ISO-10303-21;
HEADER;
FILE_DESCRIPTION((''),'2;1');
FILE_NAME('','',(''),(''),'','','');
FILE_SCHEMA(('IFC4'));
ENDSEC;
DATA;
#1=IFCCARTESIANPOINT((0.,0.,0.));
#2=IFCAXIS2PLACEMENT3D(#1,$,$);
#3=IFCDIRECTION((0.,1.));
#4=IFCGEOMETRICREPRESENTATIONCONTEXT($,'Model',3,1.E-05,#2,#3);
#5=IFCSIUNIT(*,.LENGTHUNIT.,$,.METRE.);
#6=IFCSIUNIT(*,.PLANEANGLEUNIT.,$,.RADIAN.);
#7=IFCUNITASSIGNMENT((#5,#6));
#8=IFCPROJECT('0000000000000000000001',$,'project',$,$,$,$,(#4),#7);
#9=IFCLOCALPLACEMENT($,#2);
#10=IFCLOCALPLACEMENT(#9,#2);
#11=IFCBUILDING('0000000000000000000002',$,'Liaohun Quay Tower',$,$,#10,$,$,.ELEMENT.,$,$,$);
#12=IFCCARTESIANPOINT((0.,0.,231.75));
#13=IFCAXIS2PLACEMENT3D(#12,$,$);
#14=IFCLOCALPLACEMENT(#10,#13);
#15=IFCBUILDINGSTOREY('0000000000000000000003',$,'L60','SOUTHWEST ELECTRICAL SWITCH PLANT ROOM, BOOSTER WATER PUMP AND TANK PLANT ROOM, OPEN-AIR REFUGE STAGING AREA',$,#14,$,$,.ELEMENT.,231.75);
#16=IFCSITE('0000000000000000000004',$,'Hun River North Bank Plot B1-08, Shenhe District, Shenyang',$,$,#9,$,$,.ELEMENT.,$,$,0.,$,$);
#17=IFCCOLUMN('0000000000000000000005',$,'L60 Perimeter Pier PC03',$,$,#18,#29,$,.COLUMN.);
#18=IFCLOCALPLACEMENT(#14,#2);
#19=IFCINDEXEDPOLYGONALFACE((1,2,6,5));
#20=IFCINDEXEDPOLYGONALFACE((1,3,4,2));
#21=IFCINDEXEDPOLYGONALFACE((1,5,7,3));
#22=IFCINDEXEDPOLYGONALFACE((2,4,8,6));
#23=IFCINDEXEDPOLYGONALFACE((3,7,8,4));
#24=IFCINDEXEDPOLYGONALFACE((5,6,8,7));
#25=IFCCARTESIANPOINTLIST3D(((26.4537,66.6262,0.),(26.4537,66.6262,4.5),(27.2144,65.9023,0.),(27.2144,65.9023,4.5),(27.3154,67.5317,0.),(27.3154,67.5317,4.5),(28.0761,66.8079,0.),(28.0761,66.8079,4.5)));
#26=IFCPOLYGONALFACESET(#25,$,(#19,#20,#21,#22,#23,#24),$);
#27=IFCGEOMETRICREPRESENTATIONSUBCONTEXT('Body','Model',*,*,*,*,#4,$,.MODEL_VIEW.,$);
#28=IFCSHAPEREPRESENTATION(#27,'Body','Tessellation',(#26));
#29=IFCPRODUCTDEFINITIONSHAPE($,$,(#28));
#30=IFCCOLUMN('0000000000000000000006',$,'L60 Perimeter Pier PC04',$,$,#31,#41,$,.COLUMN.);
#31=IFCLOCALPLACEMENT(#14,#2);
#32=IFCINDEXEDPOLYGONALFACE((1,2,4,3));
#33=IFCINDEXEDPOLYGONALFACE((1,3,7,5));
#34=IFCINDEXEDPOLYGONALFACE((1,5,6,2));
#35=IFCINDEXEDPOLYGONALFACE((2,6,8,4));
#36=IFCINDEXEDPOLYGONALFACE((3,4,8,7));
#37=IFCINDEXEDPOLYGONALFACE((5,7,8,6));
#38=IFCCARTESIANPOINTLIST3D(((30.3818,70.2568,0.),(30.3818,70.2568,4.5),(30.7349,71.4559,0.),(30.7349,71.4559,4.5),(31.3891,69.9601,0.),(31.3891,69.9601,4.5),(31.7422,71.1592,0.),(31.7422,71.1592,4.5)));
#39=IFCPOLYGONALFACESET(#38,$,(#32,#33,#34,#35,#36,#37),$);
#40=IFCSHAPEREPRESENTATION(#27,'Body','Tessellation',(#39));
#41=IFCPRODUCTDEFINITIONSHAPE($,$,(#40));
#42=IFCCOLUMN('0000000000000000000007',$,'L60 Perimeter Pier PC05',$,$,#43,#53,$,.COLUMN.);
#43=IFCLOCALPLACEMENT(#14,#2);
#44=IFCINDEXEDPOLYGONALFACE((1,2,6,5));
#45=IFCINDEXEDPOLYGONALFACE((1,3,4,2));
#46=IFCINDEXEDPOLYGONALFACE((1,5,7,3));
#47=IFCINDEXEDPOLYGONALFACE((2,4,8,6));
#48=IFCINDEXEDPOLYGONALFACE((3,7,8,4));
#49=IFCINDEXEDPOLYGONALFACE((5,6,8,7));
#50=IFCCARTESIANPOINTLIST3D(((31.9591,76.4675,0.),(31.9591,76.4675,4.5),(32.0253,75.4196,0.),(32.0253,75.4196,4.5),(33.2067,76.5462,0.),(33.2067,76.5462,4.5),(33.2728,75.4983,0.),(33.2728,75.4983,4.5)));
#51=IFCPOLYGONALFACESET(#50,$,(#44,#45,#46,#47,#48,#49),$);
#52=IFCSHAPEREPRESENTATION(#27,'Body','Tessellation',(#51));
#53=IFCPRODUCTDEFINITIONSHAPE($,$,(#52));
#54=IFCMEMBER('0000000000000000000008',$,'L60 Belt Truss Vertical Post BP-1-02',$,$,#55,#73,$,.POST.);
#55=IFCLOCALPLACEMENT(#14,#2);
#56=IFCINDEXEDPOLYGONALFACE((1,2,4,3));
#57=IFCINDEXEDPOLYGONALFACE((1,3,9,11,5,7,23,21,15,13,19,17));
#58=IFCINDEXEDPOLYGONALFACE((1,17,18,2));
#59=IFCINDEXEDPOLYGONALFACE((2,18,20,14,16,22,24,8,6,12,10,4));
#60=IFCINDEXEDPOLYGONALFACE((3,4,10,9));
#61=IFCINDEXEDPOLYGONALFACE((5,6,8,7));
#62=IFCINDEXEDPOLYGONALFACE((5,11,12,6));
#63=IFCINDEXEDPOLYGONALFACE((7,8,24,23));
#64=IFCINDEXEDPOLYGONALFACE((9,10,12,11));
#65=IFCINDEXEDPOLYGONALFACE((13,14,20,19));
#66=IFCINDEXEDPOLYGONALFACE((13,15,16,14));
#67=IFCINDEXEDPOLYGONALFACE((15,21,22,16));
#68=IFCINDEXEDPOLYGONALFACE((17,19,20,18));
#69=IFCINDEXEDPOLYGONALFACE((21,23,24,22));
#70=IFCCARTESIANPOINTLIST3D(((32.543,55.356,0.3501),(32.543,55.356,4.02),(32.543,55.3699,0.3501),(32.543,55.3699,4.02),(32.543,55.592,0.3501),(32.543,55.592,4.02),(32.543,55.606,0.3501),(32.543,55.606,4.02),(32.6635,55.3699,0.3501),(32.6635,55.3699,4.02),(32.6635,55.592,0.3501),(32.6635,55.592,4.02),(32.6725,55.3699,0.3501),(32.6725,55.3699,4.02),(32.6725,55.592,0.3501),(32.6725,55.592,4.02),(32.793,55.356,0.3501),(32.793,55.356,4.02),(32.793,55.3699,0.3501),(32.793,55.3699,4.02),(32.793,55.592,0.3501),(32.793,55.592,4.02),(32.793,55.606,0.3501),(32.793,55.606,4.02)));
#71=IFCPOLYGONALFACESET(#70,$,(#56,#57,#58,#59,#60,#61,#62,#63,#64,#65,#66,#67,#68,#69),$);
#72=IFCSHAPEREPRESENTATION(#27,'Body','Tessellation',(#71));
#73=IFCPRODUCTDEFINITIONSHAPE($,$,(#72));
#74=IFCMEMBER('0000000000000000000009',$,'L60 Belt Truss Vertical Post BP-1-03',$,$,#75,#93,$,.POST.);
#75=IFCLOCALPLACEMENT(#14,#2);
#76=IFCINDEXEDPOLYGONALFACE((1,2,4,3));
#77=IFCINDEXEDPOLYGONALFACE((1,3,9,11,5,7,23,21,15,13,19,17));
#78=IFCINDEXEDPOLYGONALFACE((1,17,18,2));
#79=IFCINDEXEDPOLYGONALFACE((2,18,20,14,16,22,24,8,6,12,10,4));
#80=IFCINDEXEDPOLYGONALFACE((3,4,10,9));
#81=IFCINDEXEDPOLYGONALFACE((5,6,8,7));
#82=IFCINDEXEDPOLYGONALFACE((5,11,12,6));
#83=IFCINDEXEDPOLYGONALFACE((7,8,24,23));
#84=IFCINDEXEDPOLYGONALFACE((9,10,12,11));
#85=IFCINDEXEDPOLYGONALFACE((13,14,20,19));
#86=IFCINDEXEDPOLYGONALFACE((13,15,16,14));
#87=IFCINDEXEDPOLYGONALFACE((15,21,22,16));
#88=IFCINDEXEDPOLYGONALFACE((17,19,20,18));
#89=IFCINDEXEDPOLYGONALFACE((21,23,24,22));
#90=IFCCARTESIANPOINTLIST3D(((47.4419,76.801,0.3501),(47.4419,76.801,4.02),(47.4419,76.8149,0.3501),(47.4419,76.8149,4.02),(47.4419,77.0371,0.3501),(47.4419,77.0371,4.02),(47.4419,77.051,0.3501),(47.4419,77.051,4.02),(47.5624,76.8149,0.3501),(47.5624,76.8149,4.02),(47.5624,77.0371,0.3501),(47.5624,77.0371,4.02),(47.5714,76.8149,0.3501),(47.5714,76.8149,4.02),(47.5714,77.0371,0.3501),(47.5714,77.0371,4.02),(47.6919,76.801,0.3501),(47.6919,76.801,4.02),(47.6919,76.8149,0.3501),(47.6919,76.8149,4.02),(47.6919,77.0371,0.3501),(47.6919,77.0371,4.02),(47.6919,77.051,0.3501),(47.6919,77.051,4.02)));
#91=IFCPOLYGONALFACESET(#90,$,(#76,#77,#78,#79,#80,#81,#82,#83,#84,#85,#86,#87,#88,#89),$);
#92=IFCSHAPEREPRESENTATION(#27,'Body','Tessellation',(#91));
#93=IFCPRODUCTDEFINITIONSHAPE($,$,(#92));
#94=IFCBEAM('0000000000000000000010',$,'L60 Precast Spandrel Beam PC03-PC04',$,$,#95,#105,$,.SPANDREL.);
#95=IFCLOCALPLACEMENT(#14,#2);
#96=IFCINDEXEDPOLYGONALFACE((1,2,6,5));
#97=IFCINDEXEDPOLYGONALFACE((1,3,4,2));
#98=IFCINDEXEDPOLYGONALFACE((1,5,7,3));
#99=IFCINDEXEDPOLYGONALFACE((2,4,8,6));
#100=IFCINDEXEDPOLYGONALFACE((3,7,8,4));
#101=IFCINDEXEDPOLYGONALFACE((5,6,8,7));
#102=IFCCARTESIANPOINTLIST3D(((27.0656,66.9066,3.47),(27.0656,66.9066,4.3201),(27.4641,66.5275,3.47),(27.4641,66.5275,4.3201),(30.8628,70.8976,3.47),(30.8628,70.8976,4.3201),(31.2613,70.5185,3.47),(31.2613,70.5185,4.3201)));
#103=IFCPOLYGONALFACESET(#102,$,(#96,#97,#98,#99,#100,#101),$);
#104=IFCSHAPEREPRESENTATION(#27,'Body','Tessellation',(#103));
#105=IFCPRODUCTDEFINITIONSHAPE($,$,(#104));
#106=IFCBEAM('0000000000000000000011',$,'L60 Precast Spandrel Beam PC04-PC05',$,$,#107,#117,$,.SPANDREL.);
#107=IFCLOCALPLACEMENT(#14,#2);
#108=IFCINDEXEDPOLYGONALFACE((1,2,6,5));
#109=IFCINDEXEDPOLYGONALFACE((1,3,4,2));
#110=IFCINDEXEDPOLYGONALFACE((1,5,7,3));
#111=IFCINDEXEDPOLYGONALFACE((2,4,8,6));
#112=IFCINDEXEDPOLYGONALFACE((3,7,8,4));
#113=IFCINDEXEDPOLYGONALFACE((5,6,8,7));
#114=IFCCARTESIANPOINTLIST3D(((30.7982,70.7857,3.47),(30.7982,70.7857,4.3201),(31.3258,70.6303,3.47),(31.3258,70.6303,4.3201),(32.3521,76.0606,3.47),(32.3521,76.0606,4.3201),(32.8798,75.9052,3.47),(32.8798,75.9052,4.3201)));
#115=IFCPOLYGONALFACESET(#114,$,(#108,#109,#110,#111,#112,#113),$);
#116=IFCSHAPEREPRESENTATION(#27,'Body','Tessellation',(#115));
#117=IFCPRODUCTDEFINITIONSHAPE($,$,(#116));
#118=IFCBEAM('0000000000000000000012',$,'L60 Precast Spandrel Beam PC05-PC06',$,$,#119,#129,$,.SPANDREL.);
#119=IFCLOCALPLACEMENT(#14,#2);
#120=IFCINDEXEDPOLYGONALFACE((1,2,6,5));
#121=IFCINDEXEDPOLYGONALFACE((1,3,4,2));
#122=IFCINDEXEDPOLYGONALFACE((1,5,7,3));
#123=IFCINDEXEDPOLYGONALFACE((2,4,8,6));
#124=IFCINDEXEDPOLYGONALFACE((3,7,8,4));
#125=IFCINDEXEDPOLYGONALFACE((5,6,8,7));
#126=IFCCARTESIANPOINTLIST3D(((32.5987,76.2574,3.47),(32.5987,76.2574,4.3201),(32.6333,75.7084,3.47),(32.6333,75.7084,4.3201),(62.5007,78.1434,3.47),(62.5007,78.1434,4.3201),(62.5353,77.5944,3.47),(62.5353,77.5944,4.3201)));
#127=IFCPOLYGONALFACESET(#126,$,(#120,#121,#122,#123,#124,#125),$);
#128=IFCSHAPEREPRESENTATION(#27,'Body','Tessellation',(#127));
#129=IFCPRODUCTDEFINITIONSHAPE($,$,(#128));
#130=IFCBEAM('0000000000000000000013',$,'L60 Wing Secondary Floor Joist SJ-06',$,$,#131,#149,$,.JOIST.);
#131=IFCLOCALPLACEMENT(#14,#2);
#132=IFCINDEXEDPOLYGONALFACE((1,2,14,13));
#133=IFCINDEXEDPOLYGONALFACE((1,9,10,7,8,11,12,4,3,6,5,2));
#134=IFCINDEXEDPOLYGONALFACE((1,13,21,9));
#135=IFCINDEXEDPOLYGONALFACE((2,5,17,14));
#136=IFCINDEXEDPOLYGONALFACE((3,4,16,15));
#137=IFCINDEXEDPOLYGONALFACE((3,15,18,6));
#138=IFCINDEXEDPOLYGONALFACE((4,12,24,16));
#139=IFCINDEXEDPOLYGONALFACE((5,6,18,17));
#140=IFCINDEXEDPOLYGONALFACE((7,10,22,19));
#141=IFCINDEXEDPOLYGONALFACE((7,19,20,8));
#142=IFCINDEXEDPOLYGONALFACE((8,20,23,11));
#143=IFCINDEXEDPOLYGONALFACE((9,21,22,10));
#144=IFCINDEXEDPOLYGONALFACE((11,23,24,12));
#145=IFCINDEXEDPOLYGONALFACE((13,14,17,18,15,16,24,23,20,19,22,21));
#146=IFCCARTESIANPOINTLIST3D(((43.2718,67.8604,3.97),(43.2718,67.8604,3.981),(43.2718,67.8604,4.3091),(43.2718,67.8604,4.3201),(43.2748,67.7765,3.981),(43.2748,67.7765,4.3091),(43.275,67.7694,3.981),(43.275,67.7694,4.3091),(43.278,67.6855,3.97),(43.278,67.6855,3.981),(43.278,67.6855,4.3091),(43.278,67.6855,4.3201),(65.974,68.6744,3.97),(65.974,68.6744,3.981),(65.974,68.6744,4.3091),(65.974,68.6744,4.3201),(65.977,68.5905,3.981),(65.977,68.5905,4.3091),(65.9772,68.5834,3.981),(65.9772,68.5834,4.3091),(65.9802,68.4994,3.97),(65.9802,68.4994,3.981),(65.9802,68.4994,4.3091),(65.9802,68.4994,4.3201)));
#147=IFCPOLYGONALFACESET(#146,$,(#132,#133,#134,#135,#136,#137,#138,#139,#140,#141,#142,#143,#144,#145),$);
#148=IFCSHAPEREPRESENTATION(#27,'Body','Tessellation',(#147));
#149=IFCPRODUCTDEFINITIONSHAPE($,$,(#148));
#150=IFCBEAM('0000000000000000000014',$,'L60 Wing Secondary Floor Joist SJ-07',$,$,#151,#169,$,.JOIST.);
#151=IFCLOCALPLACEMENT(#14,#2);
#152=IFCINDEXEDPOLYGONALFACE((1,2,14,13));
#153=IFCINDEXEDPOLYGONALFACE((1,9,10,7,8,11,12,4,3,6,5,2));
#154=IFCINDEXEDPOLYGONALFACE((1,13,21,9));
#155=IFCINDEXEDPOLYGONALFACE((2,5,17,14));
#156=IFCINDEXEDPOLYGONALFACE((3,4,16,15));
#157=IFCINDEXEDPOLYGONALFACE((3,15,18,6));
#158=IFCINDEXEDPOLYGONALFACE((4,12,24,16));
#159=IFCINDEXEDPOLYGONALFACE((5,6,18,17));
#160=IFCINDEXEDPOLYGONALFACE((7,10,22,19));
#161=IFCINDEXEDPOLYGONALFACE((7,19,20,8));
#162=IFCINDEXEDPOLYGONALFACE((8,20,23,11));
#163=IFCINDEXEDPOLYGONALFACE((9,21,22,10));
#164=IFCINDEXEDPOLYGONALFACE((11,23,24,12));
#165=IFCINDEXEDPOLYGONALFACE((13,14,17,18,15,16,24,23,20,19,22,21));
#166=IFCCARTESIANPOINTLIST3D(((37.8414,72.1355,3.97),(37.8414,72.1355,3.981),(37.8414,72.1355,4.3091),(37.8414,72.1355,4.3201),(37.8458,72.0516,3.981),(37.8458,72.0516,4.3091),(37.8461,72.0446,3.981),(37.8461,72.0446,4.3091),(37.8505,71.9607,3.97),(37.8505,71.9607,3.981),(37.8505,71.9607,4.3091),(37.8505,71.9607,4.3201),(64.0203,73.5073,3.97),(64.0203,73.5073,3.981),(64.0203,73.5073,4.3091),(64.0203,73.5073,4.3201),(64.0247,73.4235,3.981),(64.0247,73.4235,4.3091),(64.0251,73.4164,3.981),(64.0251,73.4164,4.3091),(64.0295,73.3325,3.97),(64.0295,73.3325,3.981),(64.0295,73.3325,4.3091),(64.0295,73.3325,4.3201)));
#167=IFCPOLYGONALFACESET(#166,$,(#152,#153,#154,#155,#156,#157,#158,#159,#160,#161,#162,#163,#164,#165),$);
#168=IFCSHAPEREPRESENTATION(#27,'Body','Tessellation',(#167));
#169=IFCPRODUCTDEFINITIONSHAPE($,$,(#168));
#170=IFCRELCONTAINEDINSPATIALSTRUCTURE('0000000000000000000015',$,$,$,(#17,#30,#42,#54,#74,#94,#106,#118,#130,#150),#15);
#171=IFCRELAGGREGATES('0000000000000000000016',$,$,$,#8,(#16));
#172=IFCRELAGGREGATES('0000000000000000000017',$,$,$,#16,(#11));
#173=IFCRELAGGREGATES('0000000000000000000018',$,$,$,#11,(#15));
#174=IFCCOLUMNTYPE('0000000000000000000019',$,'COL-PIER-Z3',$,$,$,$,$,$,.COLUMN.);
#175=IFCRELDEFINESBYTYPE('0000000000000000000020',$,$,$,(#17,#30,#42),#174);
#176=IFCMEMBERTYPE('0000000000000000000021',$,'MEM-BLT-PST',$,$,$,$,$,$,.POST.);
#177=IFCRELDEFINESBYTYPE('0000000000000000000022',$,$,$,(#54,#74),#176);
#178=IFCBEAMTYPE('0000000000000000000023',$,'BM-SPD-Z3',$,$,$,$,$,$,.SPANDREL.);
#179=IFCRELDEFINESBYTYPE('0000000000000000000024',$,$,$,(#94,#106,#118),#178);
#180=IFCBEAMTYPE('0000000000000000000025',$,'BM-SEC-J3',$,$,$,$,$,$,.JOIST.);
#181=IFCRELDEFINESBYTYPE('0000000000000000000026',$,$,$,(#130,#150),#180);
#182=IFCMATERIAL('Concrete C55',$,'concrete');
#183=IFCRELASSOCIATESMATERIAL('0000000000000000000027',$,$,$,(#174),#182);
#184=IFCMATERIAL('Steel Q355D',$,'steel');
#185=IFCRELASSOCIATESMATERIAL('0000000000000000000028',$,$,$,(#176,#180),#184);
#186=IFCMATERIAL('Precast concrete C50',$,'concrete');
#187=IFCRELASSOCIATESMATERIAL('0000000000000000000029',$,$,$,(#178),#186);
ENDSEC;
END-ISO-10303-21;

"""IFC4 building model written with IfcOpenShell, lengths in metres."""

from ifc_helpers import new_model, si_unit, direction, frame, origin, origin_2d, place, context, subcontext, project, spatial, rectangle, i_section, extrude, source, transform, mapped, material, material_profile, profile_set, type_object, element, save


model = new_model("IFC4")

# Units and contexts
model_context = context("Model", 3, precision=1e-05, world=origin(), true_north=direction((0.0, 1.0)))
body_context = subcontext(model_context, "Body", "Model", "MODEL_VIEW")
ifc_project = project(units=[si_unit("LENGTHUNIT", "METRE"), si_unit("PLANEANGLEUNIT", "RADIAN")], contexts=[model_context])

# Site, building, storey
site_placement = place(None, origin())
site = spatial("IfcSite", under=ifc_project, at=site_placement, Name="Hun River North Bank Plot B1-08, Shenhe District, Shenyang", CompositionType="ELEMENT", RefElevation=0.0)
building_placement = place(site_placement, origin())
building = spatial("IfcBuilding", under=site, at=building_placement, Name="Liaohun Quay Tower", CompositionType="ELEMENT")
storey_placement = place(building_placement, frame((0.0, 0.0, 231.75)))
storey = spatial("IfcBuildingStorey", under=building, at=storey_placement, Name="L60", Description="SOUTHWEST ELECTRICAL SWITCH PLANT ROOM, BOOSTER WATER PUMP AND TANK PLANT ROOM, OPEN-AIR REFUGE STAGING AREA", CompositionType="ELEMENT", Elevation=231.75)

# Columns
ifc_material_1 = material(Name="Concrete C55", Category="concrete")
ifc_material_profile_1 = material_profile(ifc_material_1, rectangle(XDim=1.25, YDim=1.05, at=origin_2d()), Name="RC1250x1050")
ifc_profile_set_1 = profile_set([ifc_material_profile_1], Name="Concrete C55")
column_type = type_object("IfcColumnType", Name="COL-PIER-Z3", PredefinedType="COLUMN", material=ifc_profile_set_1)
shared_shape_1 = source(origin(), body_context, "Body", "SweptSolid", [
    extrude(rectangle(XDim=1.25, YDim=1.05, at=origin_2d()), origin(), (0.0, 0.0, 1.0), 4.5),
])
for number, where, z_axis, x_axis, name in (
    (1, (27.2649, 66.717, 0.0), (0.0, 0.0, 1.0), (0.689367, 0.724413, 0.0), "L60 Perimeter Pier PC03"),
    (2, (31.062, 70.708, 0.0), (0.0, 0.0, 1.0), (0.282509, 0.959265, 0.0), "L60 Perimeter Pier PC04"),
    (3, (32.616, 75.9829, 0.0), (0.0, 0.0, 1.0), (0.998016, 0.062965, 0.0), "L60 Perimeter Pier PC05"),
):
    element("IfcColumn", number, at=place(storey_placement, frame(where, z_axis=z_axis, x_axis=x_axis)), inside=storey, type_object=column_type, Name=name, PredefinedType="COLUMN", context=body_context, shape_type="MappedRepresentation", body=[
        mapped(shared_shape_1, transform((0.0, 0.0, 0.0), x_axis=(1.0, 0.0, 0.0), y_axis=(0.0, 1.0, 0.0), z_axis=(0.0, 0.0, 1.0), scale=1.0)),
    ])

# Members
ifc_material_2 = material(Name="Steel Q355D", Category="steel")
ifc_material_profile_2 = material_profile(ifc_material_2, i_section(OverallWidth=0.25, OverallDepth=0.25, WebThickness=0.009, FlangeThickness=0.0139, at=origin_2d()), Name="HW250x250x9x14")
ifc_profile_set_2 = profile_set([ifc_material_profile_2], Name="Steel Q355D")
member_type_1 = type_object("IfcMemberType", Name="MEM-BLT-PST", PredefinedType="POST", material=ifc_profile_set_2)
shared_shape_2 = source(origin(), body_context, "Body", "SweptSolid", [
    extrude(i_section(OverallWidth=0.25, OverallDepth=0.25, WebThickness=0.009, FlangeThickness=0.0139, at=origin_2d()), origin(), (0.0, 0.0, 1.0), 3.6699),
])
for number, where, z_axis, x_axis, name in (
    (4, (32.668, 55.481, 0.3501), (0.0, 0.0, 1.0), (1.0, 0.0, 0.0), "L60 Belt Truss Vertical Post BP-1-02"),
    (5, (47.5669, 76.926, 0.3501), (0.0, 0.0, 1.0), (1.0, 0.0, 0.0), "L60 Belt Truss Vertical Post BP-1-03"),
):
    element("IfcMember", number, at=place(storey_placement, frame(where, z_axis=z_axis, x_axis=x_axis)), inside=storey, type_object=member_type_1, Name=name, PredefinedType="POST", context=body_context, shape_type="MappedRepresentation", body=[
        mapped(shared_shape_2, transform((0.0, 0.0, 0.0), x_axis=(1.0, 0.0, 0.0), y_axis=(0.0, 1.0, 0.0), z_axis=(0.0, 0.0, 1.0), scale=1.0)),
    ])

# Beams
ifc_material_3 = material(Name="Precast concrete C50", Category="concrete")
ifc_material_profile_3 = material_profile(ifc_material_3, rectangle(XDim=0.55, YDim=0.8501, at=origin_2d()), Name="RC550x850")
ifc_profile_set_3 = profile_set([ifc_material_profile_3], Name="Precast concrete C50")
beam_type_1 = type_object("IfcBeamType", Name="BM-SPD-Z3", PredefinedType="SPANDREL", material=ifc_profile_set_3)
shared_shape_3 = source(origin(), body_context, "Body", "SweptSolid", [
    extrude(rectangle(XDim=0.55, YDim=0.8501, at=origin_2d()), origin(), (0.0, 0.0, 1.0), 5.5088),
])
beam_1_placement = place(storey_placement, frame((27.2649, 66.717, 3.895), z_axis=(0.689293, 0.724482, 0.0), x_axis=(-0.724482, 0.689293, 0.0)))
element("IfcBeam", 6, at=beam_1_placement, inside=storey, type_object=beam_type_1, Name="L60 Precast Spandrel Beam PC03-PC04", PredefinedType="SPANDREL", context=body_context, shape_type="MappedRepresentation", body=[
    mapped(shared_shape_3, transform((0.0, 0.0, 0.0), x_axis=(1.0, 0.0, 0.0), y_axis=(0.0, 1.0, 0.0), z_axis=(0.0, 0.0, 1.0), scale=1.0)),
])
shared_shape_4 = source(origin(), body_context, "Body", "SweptSolid", [
    extrude(rectangle(XDim=0.55, YDim=0.8501, at=origin_2d()), origin(), (0.0, 0.0, 1.0), 5.499),
])
beam_2_placement = place(storey_placement, frame((31.062, 70.708, 3.895), z_axis=(0.282587, 0.959242, 0.0), x_axis=(-0.959242, 0.282587, 0.0)))
element("IfcBeam", 7, at=beam_2_placement, inside=storey, type_object=beam_type_1, Name="L60 Precast Spandrel Beam PC04-PC05", PredefinedType="SPANDREL", context=body_context, shape_type="MappedRepresentation", body=[
    mapped(shared_shape_4, transform((0.0, 0.0, 0.0), x_axis=(1.0, 0.0, 0.0), y_axis=(0.0, 1.0, 0.0), z_axis=(0.0, 0.0, 1.0), scale=1.0)),
])
shared_shape_5 = source(origin(), body_context, "Body", "SweptSolid", [
    extrude(rectangle(XDim=0.55, YDim=0.8501, at=origin_2d()), origin(), (0.0, 0.0, 1.0), 29.9614),
])
beam_3_placement = place(storey_placement, frame((32.616, 75.9829, 3.895), z_axis=(0.998017, 0.062947, 0.0), x_axis=(-0.062947, 0.998017, 0.0)))
element("IfcBeam", 8, at=beam_3_placement, inside=storey, type_object=beam_type_1, Name="L60 Precast Spandrel Beam PC05-PC06", PredefinedType="SPANDREL", context=body_context, shape_type="MappedRepresentation", body=[
    mapped(shared_shape_5, transform((0.0, 0.0, 0.0), x_axis=(1.0, 0.0, 0.0), y_axis=(0.0, 1.0, 0.0), z_axis=(0.0, 0.0, 1.0), scale=1.0)),
])
ifc_material_profile_4 = material_profile(ifc_material_2, i_section(OverallWidth=0.175, OverallDepth=0.3501, WebThickness=0.0071, FlangeThickness=0.011, at=origin_2d()), Name="HN350x175x7x11")
ifc_profile_set_4 = profile_set([ifc_material_profile_4], Name="Steel Q355D")
beam_type_2 = type_object("IfcBeamType", Name="BM-SEC-J3", PredefinedType="JOIST", material=ifc_profile_set_4)
shared_shape_6 = source(origin(), body_context, "Body", "SweptSolid", [
    extrude(i_section(OverallWidth=0.175, OverallDepth=0.3501, WebThickness=0.0071, FlangeThickness=0.011, at=origin_2d()), origin(), (0.0, 0.0, 1.0), 22.7168),
])
beam_4_placement = place(storey_placement, frame((43.2749, 67.7729, 4.145), z_axis=(0.999358, 0.035831, 0.0), x_axis=(-0.035831, 0.999358, 0.0)))
element("IfcBeam", 9, at=beam_4_placement, inside=storey, type_object=beam_type_2, Name="L60 Wing Secondary Floor Joist SJ-06", PredefinedType="JOIST", context=body_context, shape_type="MappedRepresentation", body=[
    mapped(shared_shape_6, transform((0.0, 0.0, 0.0), x_axis=(1.0, 0.0, 0.0), y_axis=(0.0, 1.0, 0.0), z_axis=(0.0, 0.0, 1.0), scale=1.0)),
])
shared_shape_7 = source(origin(), body_context, "Body", "SweptSolid", [
    extrude(i_section(OverallWidth=0.175, OverallDepth=0.3501, WebThickness=0.0071, FlangeThickness=0.011, at=origin_2d()), origin(), (0.0, 0.0, 1.0), 26.2148),
])
beam_5_placement = place(storey_placement, frame((37.8459, 72.0481, 4.145), z_axis=(0.99863, 0.05233, 0.0), x_axis=(-0.05233, 0.99863, 0.0)))
element("IfcBeam", 10, at=beam_5_placement, inside=storey, type_object=beam_type_2, Name="L60 Wing Secondary Floor Joist SJ-07", PredefinedType="JOIST", context=body_context, shape_type="MappedRepresentation", body=[
    mapped(shared_shape_7, transform((0.0, 0.0, 0.0), x_axis=(1.0, 0.0, 0.0), y_axis=(0.0, 1.0, 0.0), z_axis=(0.0, 0.0, 1.0), scale=1.0)),
])

save(model, "model.ifc")
